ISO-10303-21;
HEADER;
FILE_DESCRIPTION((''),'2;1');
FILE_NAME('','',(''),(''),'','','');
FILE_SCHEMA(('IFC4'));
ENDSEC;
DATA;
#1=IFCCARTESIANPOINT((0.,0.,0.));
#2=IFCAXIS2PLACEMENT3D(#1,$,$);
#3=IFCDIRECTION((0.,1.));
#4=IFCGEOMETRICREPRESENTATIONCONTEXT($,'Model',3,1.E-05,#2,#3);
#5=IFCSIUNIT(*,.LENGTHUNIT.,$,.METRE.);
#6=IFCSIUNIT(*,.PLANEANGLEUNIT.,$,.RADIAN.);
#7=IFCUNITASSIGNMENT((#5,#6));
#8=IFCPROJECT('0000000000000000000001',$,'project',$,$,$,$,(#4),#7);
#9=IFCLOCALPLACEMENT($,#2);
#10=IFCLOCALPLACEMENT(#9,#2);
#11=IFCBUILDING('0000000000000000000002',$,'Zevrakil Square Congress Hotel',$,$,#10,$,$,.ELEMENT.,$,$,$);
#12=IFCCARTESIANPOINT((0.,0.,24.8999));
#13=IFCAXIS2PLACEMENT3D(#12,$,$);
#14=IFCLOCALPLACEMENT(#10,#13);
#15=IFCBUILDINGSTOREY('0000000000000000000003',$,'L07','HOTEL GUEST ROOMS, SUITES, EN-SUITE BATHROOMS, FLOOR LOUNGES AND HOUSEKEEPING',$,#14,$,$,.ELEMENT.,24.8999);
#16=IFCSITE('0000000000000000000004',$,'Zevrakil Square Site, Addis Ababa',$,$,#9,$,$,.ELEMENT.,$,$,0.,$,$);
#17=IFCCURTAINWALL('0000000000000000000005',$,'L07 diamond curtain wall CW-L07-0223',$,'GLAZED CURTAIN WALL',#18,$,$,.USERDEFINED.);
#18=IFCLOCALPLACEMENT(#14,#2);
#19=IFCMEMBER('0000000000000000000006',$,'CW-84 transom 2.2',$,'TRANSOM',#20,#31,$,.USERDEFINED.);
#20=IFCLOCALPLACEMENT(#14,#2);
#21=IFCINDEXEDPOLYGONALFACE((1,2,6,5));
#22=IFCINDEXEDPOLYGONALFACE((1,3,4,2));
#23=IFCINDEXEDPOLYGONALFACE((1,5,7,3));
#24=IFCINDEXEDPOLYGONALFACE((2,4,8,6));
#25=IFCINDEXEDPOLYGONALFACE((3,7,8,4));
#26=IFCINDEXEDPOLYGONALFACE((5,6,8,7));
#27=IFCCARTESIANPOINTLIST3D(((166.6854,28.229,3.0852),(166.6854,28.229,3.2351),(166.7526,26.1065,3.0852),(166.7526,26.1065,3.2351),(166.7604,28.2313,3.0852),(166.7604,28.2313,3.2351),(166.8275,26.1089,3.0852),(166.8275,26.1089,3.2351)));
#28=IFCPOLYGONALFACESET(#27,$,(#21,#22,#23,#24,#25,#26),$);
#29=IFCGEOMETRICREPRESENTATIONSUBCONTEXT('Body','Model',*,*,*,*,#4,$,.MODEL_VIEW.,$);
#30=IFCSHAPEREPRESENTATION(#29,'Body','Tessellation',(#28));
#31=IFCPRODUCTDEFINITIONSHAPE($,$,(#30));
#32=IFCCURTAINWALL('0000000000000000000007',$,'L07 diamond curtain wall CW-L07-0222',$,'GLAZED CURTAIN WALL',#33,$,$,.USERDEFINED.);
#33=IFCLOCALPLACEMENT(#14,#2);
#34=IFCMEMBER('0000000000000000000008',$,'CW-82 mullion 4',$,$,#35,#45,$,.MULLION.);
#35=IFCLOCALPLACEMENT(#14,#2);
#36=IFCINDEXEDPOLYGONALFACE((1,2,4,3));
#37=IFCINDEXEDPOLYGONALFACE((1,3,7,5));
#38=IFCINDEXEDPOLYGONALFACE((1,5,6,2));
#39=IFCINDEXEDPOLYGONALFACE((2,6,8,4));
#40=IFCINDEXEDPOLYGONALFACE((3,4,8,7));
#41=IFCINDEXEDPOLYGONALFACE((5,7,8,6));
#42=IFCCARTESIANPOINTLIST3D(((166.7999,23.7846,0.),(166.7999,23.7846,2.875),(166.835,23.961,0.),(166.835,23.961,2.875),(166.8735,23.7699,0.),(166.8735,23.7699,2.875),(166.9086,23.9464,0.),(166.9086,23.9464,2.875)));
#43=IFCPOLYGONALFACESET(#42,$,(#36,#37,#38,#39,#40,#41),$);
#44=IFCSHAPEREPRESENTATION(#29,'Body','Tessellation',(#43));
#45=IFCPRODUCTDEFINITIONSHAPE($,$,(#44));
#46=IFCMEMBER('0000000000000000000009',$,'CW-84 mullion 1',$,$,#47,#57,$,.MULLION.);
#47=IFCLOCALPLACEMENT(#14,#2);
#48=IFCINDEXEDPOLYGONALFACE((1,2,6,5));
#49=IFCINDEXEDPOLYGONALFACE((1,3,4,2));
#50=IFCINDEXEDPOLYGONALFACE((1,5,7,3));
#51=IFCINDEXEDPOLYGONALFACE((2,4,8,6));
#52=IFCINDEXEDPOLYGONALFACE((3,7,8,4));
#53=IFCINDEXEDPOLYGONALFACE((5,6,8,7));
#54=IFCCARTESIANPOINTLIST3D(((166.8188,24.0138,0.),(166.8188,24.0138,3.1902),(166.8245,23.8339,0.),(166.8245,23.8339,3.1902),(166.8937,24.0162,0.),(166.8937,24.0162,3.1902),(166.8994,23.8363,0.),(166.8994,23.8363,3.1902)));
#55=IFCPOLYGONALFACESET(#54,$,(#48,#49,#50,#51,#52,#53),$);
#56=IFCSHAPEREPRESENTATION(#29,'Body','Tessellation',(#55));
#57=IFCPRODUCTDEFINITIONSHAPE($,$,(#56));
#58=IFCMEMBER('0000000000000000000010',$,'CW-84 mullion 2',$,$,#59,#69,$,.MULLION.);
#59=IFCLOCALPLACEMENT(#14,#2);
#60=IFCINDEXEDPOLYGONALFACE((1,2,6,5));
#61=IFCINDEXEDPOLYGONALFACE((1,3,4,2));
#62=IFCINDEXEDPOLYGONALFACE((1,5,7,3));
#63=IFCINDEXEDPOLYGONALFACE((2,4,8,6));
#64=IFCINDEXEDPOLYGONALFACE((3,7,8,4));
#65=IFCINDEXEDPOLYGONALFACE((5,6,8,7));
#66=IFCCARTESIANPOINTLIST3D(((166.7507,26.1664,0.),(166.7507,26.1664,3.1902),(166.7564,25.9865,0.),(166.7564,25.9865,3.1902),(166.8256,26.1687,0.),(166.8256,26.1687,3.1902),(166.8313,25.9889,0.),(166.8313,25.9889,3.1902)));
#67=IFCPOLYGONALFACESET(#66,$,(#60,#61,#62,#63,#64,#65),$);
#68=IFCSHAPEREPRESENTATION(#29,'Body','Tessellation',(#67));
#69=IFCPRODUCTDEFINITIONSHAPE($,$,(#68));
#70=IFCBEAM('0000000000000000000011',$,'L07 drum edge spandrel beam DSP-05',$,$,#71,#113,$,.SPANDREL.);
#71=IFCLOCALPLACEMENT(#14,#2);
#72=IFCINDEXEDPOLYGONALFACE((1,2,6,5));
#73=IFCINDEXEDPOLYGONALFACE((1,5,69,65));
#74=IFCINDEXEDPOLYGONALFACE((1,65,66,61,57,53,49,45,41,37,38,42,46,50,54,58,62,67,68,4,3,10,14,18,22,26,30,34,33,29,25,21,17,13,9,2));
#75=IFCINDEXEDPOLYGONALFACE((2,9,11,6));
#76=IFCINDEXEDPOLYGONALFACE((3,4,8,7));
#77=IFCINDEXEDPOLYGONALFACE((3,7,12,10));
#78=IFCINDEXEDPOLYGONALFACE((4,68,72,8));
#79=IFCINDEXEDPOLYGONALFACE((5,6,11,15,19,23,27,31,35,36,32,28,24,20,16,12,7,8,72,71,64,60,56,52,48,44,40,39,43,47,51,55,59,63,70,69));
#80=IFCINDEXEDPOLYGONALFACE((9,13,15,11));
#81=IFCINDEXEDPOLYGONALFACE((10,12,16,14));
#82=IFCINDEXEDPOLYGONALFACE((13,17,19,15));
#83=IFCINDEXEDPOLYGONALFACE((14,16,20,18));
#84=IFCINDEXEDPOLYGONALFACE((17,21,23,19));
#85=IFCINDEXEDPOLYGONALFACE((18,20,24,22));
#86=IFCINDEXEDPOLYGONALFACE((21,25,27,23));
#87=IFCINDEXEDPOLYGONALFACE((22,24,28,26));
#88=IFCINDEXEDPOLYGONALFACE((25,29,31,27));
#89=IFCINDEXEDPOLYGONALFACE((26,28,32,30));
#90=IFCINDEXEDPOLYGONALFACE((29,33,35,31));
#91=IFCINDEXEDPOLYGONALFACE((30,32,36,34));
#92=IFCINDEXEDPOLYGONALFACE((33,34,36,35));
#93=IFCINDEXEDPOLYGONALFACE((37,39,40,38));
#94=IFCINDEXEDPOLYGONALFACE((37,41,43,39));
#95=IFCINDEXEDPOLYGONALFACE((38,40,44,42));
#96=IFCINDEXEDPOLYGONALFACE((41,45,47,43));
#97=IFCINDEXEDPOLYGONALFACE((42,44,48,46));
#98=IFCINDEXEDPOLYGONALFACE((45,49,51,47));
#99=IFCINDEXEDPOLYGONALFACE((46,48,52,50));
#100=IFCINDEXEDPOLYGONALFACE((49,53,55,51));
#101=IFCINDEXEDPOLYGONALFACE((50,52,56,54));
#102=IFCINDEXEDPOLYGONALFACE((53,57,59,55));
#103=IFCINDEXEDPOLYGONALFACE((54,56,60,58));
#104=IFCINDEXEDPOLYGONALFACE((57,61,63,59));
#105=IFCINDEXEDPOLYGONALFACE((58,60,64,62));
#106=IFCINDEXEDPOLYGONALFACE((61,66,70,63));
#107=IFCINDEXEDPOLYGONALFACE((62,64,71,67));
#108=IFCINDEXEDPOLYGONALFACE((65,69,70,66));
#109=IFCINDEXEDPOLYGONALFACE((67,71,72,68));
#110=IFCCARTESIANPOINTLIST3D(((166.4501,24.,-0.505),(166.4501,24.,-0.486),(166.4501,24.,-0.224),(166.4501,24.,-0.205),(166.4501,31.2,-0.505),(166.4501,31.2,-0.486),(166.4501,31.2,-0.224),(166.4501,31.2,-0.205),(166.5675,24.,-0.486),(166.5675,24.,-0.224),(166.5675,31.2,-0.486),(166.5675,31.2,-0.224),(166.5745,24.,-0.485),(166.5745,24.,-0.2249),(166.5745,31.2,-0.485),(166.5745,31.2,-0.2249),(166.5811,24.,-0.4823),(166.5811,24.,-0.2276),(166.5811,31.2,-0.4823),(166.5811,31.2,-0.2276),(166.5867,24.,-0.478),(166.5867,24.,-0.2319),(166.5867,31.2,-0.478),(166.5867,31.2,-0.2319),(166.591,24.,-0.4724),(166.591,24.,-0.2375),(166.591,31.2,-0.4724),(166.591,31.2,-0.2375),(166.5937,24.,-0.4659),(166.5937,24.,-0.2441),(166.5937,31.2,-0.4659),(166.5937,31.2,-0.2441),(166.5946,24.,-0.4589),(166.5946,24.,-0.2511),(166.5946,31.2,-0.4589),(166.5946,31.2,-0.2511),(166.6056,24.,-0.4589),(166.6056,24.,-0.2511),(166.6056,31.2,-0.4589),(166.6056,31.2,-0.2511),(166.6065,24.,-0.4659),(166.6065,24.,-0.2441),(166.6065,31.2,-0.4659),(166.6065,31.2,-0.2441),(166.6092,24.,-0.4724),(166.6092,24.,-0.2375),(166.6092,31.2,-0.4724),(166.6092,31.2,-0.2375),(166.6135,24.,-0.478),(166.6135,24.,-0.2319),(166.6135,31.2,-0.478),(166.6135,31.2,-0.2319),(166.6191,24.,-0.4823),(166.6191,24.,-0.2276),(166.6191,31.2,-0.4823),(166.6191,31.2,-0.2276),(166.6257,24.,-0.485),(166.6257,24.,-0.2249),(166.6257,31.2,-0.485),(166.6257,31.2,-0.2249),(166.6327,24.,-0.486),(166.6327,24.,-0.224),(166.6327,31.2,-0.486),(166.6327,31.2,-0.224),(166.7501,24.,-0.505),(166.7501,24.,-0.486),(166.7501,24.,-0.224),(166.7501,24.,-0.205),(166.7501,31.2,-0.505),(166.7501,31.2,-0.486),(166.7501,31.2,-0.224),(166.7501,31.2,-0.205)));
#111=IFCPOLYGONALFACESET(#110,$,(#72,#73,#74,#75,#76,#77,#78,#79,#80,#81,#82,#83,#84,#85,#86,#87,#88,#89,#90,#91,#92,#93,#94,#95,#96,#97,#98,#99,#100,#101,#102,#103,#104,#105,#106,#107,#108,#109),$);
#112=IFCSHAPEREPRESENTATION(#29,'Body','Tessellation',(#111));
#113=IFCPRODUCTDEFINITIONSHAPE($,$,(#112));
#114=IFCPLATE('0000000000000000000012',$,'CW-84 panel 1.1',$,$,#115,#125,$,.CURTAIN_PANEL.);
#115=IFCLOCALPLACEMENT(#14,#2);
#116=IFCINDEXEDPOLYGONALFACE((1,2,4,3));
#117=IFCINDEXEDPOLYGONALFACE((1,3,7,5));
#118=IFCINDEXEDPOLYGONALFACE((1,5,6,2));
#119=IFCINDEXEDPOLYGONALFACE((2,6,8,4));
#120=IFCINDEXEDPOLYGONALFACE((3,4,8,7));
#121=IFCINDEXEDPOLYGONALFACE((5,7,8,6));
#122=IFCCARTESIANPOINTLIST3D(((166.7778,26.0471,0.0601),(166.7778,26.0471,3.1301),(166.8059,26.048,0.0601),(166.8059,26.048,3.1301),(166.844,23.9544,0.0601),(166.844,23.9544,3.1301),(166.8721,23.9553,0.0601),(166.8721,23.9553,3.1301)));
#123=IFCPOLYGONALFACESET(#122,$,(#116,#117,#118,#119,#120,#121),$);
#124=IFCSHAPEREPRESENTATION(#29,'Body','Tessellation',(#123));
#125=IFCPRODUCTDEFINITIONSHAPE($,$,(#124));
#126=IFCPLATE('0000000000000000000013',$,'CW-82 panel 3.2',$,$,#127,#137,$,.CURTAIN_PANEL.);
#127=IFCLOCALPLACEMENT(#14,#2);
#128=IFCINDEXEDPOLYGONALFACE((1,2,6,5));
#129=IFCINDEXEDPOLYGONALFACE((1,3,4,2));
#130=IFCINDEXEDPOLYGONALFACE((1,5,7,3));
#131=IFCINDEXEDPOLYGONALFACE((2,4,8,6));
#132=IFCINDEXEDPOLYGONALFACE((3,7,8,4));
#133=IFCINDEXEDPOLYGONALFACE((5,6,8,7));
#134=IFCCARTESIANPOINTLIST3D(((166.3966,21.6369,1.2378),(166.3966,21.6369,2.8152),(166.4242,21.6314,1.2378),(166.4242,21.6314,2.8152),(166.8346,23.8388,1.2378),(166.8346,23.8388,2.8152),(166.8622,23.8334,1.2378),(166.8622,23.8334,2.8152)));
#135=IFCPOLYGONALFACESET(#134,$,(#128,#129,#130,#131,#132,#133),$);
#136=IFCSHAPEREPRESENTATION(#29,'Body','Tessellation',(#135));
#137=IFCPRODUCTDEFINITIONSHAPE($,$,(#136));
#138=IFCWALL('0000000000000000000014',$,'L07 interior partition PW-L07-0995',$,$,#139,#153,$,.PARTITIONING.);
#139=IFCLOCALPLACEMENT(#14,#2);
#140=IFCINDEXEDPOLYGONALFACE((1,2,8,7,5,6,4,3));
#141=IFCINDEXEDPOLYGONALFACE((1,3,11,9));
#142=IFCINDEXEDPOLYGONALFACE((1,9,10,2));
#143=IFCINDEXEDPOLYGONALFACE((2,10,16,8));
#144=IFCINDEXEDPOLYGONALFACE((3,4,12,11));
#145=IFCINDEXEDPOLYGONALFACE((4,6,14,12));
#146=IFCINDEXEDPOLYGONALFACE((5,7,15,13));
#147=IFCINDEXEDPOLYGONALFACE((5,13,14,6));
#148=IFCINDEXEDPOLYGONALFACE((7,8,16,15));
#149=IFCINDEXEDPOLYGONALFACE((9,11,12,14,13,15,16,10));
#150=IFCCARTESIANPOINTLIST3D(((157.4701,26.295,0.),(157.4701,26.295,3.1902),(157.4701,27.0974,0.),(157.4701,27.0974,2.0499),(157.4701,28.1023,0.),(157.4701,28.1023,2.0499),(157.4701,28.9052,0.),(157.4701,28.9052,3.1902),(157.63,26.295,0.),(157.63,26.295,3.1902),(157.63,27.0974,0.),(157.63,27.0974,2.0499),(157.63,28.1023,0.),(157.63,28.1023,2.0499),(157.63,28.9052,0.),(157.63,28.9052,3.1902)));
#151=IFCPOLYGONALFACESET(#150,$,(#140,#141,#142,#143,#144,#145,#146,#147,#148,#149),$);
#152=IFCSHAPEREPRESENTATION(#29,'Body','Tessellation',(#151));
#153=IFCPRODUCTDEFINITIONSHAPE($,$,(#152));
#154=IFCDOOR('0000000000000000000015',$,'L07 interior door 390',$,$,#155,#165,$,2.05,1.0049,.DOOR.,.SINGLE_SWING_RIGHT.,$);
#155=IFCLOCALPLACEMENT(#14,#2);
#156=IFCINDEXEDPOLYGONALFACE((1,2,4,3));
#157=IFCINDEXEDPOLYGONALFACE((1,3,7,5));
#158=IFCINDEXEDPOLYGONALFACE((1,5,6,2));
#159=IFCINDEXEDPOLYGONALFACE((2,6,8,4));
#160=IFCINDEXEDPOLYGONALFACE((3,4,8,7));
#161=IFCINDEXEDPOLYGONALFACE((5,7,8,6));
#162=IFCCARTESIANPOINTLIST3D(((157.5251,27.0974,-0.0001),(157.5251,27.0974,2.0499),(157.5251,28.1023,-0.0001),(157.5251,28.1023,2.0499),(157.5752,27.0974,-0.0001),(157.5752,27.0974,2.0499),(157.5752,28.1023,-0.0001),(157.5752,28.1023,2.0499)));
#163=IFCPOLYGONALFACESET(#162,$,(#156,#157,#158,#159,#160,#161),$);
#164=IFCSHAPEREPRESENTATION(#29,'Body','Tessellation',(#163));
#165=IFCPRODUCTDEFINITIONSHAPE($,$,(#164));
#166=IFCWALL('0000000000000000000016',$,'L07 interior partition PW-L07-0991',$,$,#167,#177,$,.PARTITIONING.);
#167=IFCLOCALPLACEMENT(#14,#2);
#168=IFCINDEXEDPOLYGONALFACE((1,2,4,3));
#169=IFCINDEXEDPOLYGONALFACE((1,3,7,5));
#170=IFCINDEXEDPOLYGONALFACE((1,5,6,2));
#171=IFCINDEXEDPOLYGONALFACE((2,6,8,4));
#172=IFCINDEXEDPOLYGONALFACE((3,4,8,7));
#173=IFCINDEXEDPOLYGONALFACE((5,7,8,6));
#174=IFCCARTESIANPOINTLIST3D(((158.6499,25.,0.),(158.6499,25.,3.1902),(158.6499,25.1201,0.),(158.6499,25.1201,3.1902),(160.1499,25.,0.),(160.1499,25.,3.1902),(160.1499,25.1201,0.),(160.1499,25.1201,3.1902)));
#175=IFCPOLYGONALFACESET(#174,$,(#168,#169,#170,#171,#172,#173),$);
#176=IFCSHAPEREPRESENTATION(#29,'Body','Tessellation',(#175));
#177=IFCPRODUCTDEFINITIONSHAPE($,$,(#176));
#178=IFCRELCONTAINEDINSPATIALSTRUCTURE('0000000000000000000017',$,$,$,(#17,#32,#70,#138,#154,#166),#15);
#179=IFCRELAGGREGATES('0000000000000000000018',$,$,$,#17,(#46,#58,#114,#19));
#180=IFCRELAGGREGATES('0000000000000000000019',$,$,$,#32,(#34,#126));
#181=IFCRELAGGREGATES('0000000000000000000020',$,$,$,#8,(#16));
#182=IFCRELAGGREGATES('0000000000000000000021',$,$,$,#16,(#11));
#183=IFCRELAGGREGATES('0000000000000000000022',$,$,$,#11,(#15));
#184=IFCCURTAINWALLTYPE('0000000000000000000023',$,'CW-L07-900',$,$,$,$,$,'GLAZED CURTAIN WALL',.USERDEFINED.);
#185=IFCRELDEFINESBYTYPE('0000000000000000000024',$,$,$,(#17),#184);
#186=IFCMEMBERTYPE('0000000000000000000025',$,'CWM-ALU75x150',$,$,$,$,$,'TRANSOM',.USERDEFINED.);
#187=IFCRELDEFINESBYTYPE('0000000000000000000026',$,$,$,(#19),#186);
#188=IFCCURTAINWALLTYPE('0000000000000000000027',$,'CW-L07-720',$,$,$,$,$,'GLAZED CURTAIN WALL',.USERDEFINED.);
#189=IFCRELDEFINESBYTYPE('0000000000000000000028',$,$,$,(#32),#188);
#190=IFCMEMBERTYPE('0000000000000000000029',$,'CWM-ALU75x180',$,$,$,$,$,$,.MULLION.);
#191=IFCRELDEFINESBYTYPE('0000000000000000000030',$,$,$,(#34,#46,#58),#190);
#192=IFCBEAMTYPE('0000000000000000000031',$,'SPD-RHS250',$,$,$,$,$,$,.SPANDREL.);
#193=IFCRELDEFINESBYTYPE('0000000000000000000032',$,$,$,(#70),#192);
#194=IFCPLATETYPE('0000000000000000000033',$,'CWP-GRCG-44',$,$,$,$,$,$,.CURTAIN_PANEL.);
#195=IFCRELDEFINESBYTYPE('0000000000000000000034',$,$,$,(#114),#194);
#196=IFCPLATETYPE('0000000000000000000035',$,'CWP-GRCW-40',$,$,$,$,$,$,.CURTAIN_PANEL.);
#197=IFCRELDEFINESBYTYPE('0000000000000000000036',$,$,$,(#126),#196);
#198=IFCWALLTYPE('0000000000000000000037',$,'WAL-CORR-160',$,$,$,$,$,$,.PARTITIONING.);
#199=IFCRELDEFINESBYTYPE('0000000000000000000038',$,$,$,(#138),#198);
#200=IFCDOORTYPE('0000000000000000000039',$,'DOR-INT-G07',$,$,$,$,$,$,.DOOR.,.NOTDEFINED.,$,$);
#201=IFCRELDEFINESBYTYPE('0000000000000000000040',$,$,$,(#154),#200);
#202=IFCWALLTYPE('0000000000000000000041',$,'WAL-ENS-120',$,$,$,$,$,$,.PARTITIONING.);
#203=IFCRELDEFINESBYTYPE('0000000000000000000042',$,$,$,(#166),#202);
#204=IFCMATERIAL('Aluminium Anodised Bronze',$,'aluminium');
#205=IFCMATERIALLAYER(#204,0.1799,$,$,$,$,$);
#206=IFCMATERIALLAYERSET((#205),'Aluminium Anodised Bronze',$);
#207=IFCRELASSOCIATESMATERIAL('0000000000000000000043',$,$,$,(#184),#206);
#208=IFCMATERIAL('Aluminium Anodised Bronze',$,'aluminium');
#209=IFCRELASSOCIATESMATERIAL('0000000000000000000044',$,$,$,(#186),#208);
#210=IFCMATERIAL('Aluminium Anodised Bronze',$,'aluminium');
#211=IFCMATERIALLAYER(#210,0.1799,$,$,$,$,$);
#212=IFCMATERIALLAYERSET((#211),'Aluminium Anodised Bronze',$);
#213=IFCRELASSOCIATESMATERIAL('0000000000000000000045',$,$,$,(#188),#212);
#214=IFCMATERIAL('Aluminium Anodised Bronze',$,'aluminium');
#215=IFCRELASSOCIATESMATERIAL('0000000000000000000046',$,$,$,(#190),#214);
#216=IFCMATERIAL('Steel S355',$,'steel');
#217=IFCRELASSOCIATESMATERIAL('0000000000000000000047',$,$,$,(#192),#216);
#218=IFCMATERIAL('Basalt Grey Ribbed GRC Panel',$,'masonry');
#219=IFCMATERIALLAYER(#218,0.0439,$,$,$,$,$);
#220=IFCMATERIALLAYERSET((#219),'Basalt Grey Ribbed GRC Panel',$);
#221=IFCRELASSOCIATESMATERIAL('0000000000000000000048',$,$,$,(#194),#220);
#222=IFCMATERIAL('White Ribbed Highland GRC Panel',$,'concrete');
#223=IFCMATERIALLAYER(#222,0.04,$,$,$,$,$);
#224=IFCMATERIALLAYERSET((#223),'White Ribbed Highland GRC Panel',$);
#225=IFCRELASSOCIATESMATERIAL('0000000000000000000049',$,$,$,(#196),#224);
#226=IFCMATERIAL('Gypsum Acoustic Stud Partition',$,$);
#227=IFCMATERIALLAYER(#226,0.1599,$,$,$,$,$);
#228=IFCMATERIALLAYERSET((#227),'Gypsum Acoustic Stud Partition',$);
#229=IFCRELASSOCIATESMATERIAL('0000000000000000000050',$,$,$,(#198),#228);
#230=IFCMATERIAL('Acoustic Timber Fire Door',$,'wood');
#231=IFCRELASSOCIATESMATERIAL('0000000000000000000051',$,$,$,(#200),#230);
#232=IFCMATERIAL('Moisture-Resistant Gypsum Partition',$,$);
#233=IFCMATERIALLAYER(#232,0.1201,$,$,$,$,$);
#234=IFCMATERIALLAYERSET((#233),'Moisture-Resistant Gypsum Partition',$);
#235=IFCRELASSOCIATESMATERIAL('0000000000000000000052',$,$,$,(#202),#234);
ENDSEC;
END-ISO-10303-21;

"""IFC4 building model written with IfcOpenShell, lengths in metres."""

from ifc_helpers import new_model, si_unit, direction, frame, frame_2d, origin, origin_2d, place, context, subcontext, project, spatial, rectangle, i_section, extrude, material, layer, layer_set, material_profile, profile_set, type_object, element, fill, aggregate, save


model = new_model("IFC4")

# Units and contexts
model_context = context("Model", 3, precision=1e-05, world=origin(), true_north=direction((0.0, 1.0)))
body_context = subcontext(model_context, "Body", "Model", "MODEL_VIEW")
ifc_project = project(units=[si_unit("LENGTHUNIT", "METRE"), si_unit("PLANEANGLEUNIT", "RADIAN")], contexts=[model_context])

# Site, building, storey
site_placement = place(None, origin())
site = spatial("IfcSite", under=ifc_project, at=site_placement, Name="Zevrakil Square Site, Addis Ababa", CompositionType="ELEMENT", RefElevation=0.0)
building_placement = place(site_placement, origin())
building = spatial("IfcBuilding", under=site, at=building_placement, Name="Zevrakil Square Congress Hotel", CompositionType="ELEMENT")
storey_placement = place(building_placement, frame((0.0, 0.0, 24.8999)))
storey = spatial("IfcBuildingStorey", under=building, at=storey_placement, Name="L07", Description="HOTEL GUEST ROOMS, SUITES, EN-SUITE BATHROOMS, FLOOR LOUNGES AND HOUSEKEEPING", CompositionType="ELEMENT", Elevation=24.8999)

# Curtain wall, member
ifc_material_1 = material(Name="Aluminium Anodised Bronze", Category="aluminium")
ifc_layer_1 = layer(ifc_material_1, 0.1799)
ifc_layer_set_1 = layer_set([ifc_layer_1], Name="Aluminium Anodised Bronze")
curtain_wall_type_1 = type_object("IfcCurtainWallType", Name="CW-L07-900", ElementType="GLAZED CURTAIN WALL", PredefinedType="USERDEFINED", material=ifc_layer_set_1)
curtain_wall_1_placement = place(storey_placement, origin())
curtain_wall_1 = element("IfcCurtainWall", 1, at=curtain_wall_1_placement, inside=storey, type_object=curtain_wall_type_1, Name="L07 diamond curtain wall CW-L07-0223", ObjectType="GLAZED CURTAIN WALL", PredefinedType="USERDEFINED")
ifc_material_2 = material(Name="Aluminium Anodised Bronze", Category="aluminium")
ifc_material_profile_1 = material_profile(ifc_material_2, rectangle(XDim=0.075, YDim=0.1499, at=origin_2d()), Name="ALU 75x150")
ifc_profile_set_1 = profile_set([ifc_material_profile_1], Name="Aluminium Anodised Bronze")
member_type_1 = type_object("IfcMemberType", Name="CWM-ALU75x150", ElementType="TRANSOM", PredefinedType="USERDEFINED", material=ifc_profile_set_1)
member_1_placement = place(storey_placement, frame((166.79, 26.1077, 3.1602), z_axis=(-0.031615, 0.9995, 0.0), x_axis=(-0.9995, -0.031615, 0.0)))
member_1 = element("IfcMember", 2, at=member_1_placement, type_object=member_type_1, Name="CW-84 transom 2.2", ObjectType="TRANSOM", PredefinedType="USERDEFINED", context=body_context, shape_type="SweptSolid", body=[
    extrude(rectangle(XDim=0.075, YDim=0.1499, at=origin_2d()), origin(), (0.0, 0.0, 1.0), 2.1235),
])

# Curtain wall, member
ifc_material_3 = material(Name="Aluminium Anodised Bronze", Category="aluminium")
ifc_layer_2 = layer(ifc_material_3, 0.1799)
ifc_layer_set_2 = layer_set([ifc_layer_2], Name="Aluminium Anodised Bronze")
curtain_wall_type_2 = type_object("IfcCurtainWallType", Name="CW-L07-720", ElementType="GLAZED CURTAIN WALL", PredefinedType="USERDEFINED", material=ifc_layer_set_2)
curtain_wall_2_placement = place(storey_placement, origin())
curtain_wall_2 = element("IfcCurtainWall", 3, at=curtain_wall_2_placement, inside=storey, type_object=curtain_wall_type_2, Name="L07 diamond curtain wall CW-L07-0222", ObjectType="GLAZED CURTAIN WALL", PredefinedType="USERDEFINED")
ifc_material_4 = material(Name="Aluminium Anodised Bronze", Category="aluminium")
ifc_material_profile_2 = material_profile(ifc_material_4, rectangle(XDim=0.075, YDim=0.1799, at=origin_2d()), Name="ALU 75x180")
ifc_profile_set_2 = profile_set([ifc_material_profile_2], Name="Aluminium Anodised Bronze")
member_type_2 = type_object("IfcMemberType", Name="CWM-ALU75x180", PredefinedType="MULLION", material=ifc_profile_set_2)
member_2_placement = place(storey_placement, frame((166.8542, 23.8655, 0.0), z_axis=(0.0, 0.0, 1.0), x_axis=(-0.980787, 0.195084, 0.0)))
member_2 = element("IfcMember", 4, at=member_2_placement, type_object=member_type_2, Name="CW-82 mullion 4", PredefinedType="MULLION", context=body_context, shape_type="SweptSolid", body=[
    extrude(rectangle(XDim=0.075, YDim=0.1799, at=origin_2d()), origin(), (0.0, 0.0, 1.0), 2.875),
])

# Members
member_3_placement = place(storey_placement, frame((166.8591, 23.925, 0.0), z_axis=(0.0, 0.0, 1.0), x_axis=(-0.999501, -0.031598, 0.0)))
member_3 = element("IfcMember", 5, at=member_3_placement, type_object=member_type_2, Name="CW-84 mullion 1", PredefinedType="MULLION", context=body_context, shape_type="SweptSolid", body=[
    extrude(rectangle(XDim=0.075, YDim=0.1799, at=origin_2d()), origin(), (0.0, 0.0, 1.0), 3.1902),
])
member_4_placement = place(storey_placement, frame((166.791, 26.0776, 0.0), z_axis=(0.0, 0.0, 1.0), x_axis=(-0.999501, -0.031598, 0.0)))
member_4 = element("IfcMember", 6, at=member_4_placement, type_object=member_type_2, Name="CW-84 mullion 2", PredefinedType="MULLION", context=body_context, shape_type="SweptSolid", body=[
    extrude(rectangle(XDim=0.075, YDim=0.1799, at=origin_2d()), origin(), (0.0, 0.0, 1.0), 3.1902),
])

# Beam
ifc_material_5 = material(Name="Steel S355", Category="steel")
ifc_material_profile_3 = material_profile(ifc_material_5, i_section(OverallWidth=0.3, OverallDepth=0.3, WebThickness=0.011, FlangeThickness=0.019, FilletRadius=0.0271, at=origin_2d()), Name="HEB 300")
ifc_profile_set_3 = profile_set([ifc_material_profile_3], Name="Steel S355")
beam_type_1 = type_object("IfcBeamType", Name="SPD-RHS250", PredefinedType="SPANDREL", material=ifc_profile_set_3)
beam_1_placement = place(storey_placement, frame((166.6001, 24.0, -0.355), z_axis=(0.0, 1.0, 0.0), x_axis=(-1.0, 0.0, 0.0)))
element("IfcBeam", 7, at=beam_1_placement, inside=storey, type_object=beam_type_1, Name="L07 drum edge spandrel beam DSP-05", PredefinedType="SPANDREL", context=body_context, shape_type="SweptSolid", body=[
    extrude(i_section(OverallWidth=0.3, OverallDepth=0.3, WebThickness=0.011, FlangeThickness=0.019, FilletRadius=0.0271, at=origin_2d()), origin(), (0.0, 0.0, 1.0), 7.2),
])

# Plates
ifc_material_6 = material(Name="Basalt Grey Ribbed GRC Panel", Category="masonry")
ifc_layer_3 = layer(ifc_material_6, 0.0439)
ifc_layer_set_3 = layer_set([ifc_layer_3], Name="Basalt Grey Ribbed GRC Panel")
plate_type_1 = type_object("IfcPlateType", Name="CWP-GRCG-44", PredefinedType="CURTAIN_PANEL", material=ifc_layer_set_3)
plate_1_placement = place(storey_placement, frame((166.825, 25.0012, 0.0601), z_axis=(0.0, 0.0, 1.0), x_axis=(-0.031598, 0.999501, 0.0)))
plate_1 = element("IfcPlate", 8, at=plate_1_placement, type_object=plate_type_1, Name="CW-84 panel 1.1", PredefinedType="CURTAIN_PANEL", context=body_context, shape_type="SweptSolid", body=[
    extrude(rectangle(XDim=2.0938, YDim=0.0281, at=origin_2d()), origin(), (0.0, 0.0, 1.0), 3.0701),
])
aggregate(curtain_wall_1, [member_3, member_4, plate_1, member_1])
ifc_material_7 = material(Name="White Ribbed Highland GRC Panel", Category="concrete")
ifc_layer_4 = layer(ifc_material_7, 0.04)
ifc_layer_set_4 = layer_set([ifc_layer_4], Name="White Ribbed Highland GRC Panel")
plate_type_2 = type_object("IfcPlateType", Name="CWP-GRCW-40", PredefinedType="CURTAIN_PANEL", material=ifc_layer_set_4)
plate_2_placement = place(storey_placement, frame((166.6294, 22.7351, 1.2378), z_axis=(0.0, 0.0, 1.0), x_axis=(0.195084, 0.980787, 0.0)))
plate_2 = element("IfcPlate", 9, at=plate_2_placement, type_object=plate_type_2, Name="CW-82 panel 3.2", PredefinedType="CURTAIN_PANEL", context=body_context, shape_type="SweptSolid", body=[
    extrude(rectangle(XDim=2.2451, YDim=0.0281, at=origin_2d()), origin(), (0.0, 0.0, 1.0), 1.5774),
])
aggregate(curtain_wall_2, [member_2, plate_2])

# Wall, opening, door
ifc_material_8 = material(Name="Gypsum Acoustic Stud Partition")
ifc_layer_5 = layer(ifc_material_8, 0.1599)
ifc_layer_set_5 = layer_set([ifc_layer_5], Name="Gypsum Acoustic Stud Partition")
wall_type_1 = type_object("IfcWallType", Name="WAL-CORR-160", PredefinedType="PARTITIONING", material=ifc_layer_set_5)
wall_1_placement = place(storey_placement, frame((157.55, 26.2949, 0.0), z_axis=(0.0, 0.0, 1.0), x_axis=(0.0, 1.0, 0.0)))
wall_1 = element("IfcWall", 10, at=wall_1_placement, inside=storey, type_object=wall_type_1, Name="L07 interior partition PW-L07-0995", PredefinedType="PARTITIONING", context=body_context, shape_type="SweptSolid", body=[
    extrude(rectangle(XDim=2.6101, YDim=0.1599, at=frame_2d((1.3052, 0.0))), origin(), (0.0, 0.0, 1.0), 3.1902),
])
opening_1_placement = place(wall_1_placement, frame((0.8025, 0.0, 0.0)))
opening_1 = element("IfcOpeningElement", 11, at=opening_1_placement, cuts=wall_1, PredefinedType="OPENING", context=body_context, shape_type="SweptSolid", body=[
    extrude(rectangle(XDim=1.0049, YDim=2.05, at=frame_2d((0.5024, 1.0249))), frame((0.0, 0.0898, 0.0), z_axis=(0.0, -1.0, 0.0), x_axis=(1.0, 0.0, 0.0)), (0.0, 0.0, 1.0), 0.1799),
])
ifc_material_9 = material(Name="Acoustic Timber Fire Door", Category="wood")
door_type_1 = type_object("IfcDoorType", Name="DOR-INT-G07", OperationType="NOTDEFINED", PredefinedType="DOOR", material=ifc_material_9)
door_1_placement = place(opening_1_placement, origin())
door_1 = element("IfcDoor", 12, at=door_1_placement, inside=storey, type_object=door_type_1, Name="L07 interior door 390", OperationType="SINGLE_SWING_RIGHT", OverallHeight=2.05, OverallWidth=1.0049, PredefinedType="DOOR", context=body_context, shape_type="SweptSolid", body=[
    extrude(rectangle(XDim=1.0049, YDim=2.05, at=frame_2d((0.5024, 1.0249))), frame((0.0, 0.0249, 0.0), z_axis=(0.0, -1.0, 0.0), x_axis=(1.0, 0.0, 0.0)), (0.0, 0.0, 1.0), 0.05),
])
fill(opening_1, door_1)

# Wall
ifc_material_10 = material(Name="Moisture-Resistant Gypsum Partition")
ifc_layer_6 = layer(ifc_material_10, 0.1201)
ifc_layer_set_6 = layer_set([ifc_layer_6], Name="Moisture-Resistant Gypsum Partition")
wall_type_2 = type_object("IfcWallType", Name="WAL-ENS-120", PredefinedType="PARTITIONING", material=ifc_layer_set_6)
wall_2_placement = place(storey_placement, frame((158.6499, 25.0601, 0.0), z_axis=(0.0, 0.0, 1.0), x_axis=(1.0, 0.0, 0.0)))
element("IfcWall", 13, at=wall_2_placement, inside=storey, type_object=wall_type_2, Name="L07 interior partition PW-L07-0991", PredefinedType="PARTITIONING", context=body_context, shape_type="SweptSolid", body=[
    extrude(rectangle(XDim=1.5, YDim=0.1201, at=frame_2d((0.75, 0.0))), origin(), (0.0, 0.0, 1.0), 3.1902),
])

save(model, "model.ifc")
